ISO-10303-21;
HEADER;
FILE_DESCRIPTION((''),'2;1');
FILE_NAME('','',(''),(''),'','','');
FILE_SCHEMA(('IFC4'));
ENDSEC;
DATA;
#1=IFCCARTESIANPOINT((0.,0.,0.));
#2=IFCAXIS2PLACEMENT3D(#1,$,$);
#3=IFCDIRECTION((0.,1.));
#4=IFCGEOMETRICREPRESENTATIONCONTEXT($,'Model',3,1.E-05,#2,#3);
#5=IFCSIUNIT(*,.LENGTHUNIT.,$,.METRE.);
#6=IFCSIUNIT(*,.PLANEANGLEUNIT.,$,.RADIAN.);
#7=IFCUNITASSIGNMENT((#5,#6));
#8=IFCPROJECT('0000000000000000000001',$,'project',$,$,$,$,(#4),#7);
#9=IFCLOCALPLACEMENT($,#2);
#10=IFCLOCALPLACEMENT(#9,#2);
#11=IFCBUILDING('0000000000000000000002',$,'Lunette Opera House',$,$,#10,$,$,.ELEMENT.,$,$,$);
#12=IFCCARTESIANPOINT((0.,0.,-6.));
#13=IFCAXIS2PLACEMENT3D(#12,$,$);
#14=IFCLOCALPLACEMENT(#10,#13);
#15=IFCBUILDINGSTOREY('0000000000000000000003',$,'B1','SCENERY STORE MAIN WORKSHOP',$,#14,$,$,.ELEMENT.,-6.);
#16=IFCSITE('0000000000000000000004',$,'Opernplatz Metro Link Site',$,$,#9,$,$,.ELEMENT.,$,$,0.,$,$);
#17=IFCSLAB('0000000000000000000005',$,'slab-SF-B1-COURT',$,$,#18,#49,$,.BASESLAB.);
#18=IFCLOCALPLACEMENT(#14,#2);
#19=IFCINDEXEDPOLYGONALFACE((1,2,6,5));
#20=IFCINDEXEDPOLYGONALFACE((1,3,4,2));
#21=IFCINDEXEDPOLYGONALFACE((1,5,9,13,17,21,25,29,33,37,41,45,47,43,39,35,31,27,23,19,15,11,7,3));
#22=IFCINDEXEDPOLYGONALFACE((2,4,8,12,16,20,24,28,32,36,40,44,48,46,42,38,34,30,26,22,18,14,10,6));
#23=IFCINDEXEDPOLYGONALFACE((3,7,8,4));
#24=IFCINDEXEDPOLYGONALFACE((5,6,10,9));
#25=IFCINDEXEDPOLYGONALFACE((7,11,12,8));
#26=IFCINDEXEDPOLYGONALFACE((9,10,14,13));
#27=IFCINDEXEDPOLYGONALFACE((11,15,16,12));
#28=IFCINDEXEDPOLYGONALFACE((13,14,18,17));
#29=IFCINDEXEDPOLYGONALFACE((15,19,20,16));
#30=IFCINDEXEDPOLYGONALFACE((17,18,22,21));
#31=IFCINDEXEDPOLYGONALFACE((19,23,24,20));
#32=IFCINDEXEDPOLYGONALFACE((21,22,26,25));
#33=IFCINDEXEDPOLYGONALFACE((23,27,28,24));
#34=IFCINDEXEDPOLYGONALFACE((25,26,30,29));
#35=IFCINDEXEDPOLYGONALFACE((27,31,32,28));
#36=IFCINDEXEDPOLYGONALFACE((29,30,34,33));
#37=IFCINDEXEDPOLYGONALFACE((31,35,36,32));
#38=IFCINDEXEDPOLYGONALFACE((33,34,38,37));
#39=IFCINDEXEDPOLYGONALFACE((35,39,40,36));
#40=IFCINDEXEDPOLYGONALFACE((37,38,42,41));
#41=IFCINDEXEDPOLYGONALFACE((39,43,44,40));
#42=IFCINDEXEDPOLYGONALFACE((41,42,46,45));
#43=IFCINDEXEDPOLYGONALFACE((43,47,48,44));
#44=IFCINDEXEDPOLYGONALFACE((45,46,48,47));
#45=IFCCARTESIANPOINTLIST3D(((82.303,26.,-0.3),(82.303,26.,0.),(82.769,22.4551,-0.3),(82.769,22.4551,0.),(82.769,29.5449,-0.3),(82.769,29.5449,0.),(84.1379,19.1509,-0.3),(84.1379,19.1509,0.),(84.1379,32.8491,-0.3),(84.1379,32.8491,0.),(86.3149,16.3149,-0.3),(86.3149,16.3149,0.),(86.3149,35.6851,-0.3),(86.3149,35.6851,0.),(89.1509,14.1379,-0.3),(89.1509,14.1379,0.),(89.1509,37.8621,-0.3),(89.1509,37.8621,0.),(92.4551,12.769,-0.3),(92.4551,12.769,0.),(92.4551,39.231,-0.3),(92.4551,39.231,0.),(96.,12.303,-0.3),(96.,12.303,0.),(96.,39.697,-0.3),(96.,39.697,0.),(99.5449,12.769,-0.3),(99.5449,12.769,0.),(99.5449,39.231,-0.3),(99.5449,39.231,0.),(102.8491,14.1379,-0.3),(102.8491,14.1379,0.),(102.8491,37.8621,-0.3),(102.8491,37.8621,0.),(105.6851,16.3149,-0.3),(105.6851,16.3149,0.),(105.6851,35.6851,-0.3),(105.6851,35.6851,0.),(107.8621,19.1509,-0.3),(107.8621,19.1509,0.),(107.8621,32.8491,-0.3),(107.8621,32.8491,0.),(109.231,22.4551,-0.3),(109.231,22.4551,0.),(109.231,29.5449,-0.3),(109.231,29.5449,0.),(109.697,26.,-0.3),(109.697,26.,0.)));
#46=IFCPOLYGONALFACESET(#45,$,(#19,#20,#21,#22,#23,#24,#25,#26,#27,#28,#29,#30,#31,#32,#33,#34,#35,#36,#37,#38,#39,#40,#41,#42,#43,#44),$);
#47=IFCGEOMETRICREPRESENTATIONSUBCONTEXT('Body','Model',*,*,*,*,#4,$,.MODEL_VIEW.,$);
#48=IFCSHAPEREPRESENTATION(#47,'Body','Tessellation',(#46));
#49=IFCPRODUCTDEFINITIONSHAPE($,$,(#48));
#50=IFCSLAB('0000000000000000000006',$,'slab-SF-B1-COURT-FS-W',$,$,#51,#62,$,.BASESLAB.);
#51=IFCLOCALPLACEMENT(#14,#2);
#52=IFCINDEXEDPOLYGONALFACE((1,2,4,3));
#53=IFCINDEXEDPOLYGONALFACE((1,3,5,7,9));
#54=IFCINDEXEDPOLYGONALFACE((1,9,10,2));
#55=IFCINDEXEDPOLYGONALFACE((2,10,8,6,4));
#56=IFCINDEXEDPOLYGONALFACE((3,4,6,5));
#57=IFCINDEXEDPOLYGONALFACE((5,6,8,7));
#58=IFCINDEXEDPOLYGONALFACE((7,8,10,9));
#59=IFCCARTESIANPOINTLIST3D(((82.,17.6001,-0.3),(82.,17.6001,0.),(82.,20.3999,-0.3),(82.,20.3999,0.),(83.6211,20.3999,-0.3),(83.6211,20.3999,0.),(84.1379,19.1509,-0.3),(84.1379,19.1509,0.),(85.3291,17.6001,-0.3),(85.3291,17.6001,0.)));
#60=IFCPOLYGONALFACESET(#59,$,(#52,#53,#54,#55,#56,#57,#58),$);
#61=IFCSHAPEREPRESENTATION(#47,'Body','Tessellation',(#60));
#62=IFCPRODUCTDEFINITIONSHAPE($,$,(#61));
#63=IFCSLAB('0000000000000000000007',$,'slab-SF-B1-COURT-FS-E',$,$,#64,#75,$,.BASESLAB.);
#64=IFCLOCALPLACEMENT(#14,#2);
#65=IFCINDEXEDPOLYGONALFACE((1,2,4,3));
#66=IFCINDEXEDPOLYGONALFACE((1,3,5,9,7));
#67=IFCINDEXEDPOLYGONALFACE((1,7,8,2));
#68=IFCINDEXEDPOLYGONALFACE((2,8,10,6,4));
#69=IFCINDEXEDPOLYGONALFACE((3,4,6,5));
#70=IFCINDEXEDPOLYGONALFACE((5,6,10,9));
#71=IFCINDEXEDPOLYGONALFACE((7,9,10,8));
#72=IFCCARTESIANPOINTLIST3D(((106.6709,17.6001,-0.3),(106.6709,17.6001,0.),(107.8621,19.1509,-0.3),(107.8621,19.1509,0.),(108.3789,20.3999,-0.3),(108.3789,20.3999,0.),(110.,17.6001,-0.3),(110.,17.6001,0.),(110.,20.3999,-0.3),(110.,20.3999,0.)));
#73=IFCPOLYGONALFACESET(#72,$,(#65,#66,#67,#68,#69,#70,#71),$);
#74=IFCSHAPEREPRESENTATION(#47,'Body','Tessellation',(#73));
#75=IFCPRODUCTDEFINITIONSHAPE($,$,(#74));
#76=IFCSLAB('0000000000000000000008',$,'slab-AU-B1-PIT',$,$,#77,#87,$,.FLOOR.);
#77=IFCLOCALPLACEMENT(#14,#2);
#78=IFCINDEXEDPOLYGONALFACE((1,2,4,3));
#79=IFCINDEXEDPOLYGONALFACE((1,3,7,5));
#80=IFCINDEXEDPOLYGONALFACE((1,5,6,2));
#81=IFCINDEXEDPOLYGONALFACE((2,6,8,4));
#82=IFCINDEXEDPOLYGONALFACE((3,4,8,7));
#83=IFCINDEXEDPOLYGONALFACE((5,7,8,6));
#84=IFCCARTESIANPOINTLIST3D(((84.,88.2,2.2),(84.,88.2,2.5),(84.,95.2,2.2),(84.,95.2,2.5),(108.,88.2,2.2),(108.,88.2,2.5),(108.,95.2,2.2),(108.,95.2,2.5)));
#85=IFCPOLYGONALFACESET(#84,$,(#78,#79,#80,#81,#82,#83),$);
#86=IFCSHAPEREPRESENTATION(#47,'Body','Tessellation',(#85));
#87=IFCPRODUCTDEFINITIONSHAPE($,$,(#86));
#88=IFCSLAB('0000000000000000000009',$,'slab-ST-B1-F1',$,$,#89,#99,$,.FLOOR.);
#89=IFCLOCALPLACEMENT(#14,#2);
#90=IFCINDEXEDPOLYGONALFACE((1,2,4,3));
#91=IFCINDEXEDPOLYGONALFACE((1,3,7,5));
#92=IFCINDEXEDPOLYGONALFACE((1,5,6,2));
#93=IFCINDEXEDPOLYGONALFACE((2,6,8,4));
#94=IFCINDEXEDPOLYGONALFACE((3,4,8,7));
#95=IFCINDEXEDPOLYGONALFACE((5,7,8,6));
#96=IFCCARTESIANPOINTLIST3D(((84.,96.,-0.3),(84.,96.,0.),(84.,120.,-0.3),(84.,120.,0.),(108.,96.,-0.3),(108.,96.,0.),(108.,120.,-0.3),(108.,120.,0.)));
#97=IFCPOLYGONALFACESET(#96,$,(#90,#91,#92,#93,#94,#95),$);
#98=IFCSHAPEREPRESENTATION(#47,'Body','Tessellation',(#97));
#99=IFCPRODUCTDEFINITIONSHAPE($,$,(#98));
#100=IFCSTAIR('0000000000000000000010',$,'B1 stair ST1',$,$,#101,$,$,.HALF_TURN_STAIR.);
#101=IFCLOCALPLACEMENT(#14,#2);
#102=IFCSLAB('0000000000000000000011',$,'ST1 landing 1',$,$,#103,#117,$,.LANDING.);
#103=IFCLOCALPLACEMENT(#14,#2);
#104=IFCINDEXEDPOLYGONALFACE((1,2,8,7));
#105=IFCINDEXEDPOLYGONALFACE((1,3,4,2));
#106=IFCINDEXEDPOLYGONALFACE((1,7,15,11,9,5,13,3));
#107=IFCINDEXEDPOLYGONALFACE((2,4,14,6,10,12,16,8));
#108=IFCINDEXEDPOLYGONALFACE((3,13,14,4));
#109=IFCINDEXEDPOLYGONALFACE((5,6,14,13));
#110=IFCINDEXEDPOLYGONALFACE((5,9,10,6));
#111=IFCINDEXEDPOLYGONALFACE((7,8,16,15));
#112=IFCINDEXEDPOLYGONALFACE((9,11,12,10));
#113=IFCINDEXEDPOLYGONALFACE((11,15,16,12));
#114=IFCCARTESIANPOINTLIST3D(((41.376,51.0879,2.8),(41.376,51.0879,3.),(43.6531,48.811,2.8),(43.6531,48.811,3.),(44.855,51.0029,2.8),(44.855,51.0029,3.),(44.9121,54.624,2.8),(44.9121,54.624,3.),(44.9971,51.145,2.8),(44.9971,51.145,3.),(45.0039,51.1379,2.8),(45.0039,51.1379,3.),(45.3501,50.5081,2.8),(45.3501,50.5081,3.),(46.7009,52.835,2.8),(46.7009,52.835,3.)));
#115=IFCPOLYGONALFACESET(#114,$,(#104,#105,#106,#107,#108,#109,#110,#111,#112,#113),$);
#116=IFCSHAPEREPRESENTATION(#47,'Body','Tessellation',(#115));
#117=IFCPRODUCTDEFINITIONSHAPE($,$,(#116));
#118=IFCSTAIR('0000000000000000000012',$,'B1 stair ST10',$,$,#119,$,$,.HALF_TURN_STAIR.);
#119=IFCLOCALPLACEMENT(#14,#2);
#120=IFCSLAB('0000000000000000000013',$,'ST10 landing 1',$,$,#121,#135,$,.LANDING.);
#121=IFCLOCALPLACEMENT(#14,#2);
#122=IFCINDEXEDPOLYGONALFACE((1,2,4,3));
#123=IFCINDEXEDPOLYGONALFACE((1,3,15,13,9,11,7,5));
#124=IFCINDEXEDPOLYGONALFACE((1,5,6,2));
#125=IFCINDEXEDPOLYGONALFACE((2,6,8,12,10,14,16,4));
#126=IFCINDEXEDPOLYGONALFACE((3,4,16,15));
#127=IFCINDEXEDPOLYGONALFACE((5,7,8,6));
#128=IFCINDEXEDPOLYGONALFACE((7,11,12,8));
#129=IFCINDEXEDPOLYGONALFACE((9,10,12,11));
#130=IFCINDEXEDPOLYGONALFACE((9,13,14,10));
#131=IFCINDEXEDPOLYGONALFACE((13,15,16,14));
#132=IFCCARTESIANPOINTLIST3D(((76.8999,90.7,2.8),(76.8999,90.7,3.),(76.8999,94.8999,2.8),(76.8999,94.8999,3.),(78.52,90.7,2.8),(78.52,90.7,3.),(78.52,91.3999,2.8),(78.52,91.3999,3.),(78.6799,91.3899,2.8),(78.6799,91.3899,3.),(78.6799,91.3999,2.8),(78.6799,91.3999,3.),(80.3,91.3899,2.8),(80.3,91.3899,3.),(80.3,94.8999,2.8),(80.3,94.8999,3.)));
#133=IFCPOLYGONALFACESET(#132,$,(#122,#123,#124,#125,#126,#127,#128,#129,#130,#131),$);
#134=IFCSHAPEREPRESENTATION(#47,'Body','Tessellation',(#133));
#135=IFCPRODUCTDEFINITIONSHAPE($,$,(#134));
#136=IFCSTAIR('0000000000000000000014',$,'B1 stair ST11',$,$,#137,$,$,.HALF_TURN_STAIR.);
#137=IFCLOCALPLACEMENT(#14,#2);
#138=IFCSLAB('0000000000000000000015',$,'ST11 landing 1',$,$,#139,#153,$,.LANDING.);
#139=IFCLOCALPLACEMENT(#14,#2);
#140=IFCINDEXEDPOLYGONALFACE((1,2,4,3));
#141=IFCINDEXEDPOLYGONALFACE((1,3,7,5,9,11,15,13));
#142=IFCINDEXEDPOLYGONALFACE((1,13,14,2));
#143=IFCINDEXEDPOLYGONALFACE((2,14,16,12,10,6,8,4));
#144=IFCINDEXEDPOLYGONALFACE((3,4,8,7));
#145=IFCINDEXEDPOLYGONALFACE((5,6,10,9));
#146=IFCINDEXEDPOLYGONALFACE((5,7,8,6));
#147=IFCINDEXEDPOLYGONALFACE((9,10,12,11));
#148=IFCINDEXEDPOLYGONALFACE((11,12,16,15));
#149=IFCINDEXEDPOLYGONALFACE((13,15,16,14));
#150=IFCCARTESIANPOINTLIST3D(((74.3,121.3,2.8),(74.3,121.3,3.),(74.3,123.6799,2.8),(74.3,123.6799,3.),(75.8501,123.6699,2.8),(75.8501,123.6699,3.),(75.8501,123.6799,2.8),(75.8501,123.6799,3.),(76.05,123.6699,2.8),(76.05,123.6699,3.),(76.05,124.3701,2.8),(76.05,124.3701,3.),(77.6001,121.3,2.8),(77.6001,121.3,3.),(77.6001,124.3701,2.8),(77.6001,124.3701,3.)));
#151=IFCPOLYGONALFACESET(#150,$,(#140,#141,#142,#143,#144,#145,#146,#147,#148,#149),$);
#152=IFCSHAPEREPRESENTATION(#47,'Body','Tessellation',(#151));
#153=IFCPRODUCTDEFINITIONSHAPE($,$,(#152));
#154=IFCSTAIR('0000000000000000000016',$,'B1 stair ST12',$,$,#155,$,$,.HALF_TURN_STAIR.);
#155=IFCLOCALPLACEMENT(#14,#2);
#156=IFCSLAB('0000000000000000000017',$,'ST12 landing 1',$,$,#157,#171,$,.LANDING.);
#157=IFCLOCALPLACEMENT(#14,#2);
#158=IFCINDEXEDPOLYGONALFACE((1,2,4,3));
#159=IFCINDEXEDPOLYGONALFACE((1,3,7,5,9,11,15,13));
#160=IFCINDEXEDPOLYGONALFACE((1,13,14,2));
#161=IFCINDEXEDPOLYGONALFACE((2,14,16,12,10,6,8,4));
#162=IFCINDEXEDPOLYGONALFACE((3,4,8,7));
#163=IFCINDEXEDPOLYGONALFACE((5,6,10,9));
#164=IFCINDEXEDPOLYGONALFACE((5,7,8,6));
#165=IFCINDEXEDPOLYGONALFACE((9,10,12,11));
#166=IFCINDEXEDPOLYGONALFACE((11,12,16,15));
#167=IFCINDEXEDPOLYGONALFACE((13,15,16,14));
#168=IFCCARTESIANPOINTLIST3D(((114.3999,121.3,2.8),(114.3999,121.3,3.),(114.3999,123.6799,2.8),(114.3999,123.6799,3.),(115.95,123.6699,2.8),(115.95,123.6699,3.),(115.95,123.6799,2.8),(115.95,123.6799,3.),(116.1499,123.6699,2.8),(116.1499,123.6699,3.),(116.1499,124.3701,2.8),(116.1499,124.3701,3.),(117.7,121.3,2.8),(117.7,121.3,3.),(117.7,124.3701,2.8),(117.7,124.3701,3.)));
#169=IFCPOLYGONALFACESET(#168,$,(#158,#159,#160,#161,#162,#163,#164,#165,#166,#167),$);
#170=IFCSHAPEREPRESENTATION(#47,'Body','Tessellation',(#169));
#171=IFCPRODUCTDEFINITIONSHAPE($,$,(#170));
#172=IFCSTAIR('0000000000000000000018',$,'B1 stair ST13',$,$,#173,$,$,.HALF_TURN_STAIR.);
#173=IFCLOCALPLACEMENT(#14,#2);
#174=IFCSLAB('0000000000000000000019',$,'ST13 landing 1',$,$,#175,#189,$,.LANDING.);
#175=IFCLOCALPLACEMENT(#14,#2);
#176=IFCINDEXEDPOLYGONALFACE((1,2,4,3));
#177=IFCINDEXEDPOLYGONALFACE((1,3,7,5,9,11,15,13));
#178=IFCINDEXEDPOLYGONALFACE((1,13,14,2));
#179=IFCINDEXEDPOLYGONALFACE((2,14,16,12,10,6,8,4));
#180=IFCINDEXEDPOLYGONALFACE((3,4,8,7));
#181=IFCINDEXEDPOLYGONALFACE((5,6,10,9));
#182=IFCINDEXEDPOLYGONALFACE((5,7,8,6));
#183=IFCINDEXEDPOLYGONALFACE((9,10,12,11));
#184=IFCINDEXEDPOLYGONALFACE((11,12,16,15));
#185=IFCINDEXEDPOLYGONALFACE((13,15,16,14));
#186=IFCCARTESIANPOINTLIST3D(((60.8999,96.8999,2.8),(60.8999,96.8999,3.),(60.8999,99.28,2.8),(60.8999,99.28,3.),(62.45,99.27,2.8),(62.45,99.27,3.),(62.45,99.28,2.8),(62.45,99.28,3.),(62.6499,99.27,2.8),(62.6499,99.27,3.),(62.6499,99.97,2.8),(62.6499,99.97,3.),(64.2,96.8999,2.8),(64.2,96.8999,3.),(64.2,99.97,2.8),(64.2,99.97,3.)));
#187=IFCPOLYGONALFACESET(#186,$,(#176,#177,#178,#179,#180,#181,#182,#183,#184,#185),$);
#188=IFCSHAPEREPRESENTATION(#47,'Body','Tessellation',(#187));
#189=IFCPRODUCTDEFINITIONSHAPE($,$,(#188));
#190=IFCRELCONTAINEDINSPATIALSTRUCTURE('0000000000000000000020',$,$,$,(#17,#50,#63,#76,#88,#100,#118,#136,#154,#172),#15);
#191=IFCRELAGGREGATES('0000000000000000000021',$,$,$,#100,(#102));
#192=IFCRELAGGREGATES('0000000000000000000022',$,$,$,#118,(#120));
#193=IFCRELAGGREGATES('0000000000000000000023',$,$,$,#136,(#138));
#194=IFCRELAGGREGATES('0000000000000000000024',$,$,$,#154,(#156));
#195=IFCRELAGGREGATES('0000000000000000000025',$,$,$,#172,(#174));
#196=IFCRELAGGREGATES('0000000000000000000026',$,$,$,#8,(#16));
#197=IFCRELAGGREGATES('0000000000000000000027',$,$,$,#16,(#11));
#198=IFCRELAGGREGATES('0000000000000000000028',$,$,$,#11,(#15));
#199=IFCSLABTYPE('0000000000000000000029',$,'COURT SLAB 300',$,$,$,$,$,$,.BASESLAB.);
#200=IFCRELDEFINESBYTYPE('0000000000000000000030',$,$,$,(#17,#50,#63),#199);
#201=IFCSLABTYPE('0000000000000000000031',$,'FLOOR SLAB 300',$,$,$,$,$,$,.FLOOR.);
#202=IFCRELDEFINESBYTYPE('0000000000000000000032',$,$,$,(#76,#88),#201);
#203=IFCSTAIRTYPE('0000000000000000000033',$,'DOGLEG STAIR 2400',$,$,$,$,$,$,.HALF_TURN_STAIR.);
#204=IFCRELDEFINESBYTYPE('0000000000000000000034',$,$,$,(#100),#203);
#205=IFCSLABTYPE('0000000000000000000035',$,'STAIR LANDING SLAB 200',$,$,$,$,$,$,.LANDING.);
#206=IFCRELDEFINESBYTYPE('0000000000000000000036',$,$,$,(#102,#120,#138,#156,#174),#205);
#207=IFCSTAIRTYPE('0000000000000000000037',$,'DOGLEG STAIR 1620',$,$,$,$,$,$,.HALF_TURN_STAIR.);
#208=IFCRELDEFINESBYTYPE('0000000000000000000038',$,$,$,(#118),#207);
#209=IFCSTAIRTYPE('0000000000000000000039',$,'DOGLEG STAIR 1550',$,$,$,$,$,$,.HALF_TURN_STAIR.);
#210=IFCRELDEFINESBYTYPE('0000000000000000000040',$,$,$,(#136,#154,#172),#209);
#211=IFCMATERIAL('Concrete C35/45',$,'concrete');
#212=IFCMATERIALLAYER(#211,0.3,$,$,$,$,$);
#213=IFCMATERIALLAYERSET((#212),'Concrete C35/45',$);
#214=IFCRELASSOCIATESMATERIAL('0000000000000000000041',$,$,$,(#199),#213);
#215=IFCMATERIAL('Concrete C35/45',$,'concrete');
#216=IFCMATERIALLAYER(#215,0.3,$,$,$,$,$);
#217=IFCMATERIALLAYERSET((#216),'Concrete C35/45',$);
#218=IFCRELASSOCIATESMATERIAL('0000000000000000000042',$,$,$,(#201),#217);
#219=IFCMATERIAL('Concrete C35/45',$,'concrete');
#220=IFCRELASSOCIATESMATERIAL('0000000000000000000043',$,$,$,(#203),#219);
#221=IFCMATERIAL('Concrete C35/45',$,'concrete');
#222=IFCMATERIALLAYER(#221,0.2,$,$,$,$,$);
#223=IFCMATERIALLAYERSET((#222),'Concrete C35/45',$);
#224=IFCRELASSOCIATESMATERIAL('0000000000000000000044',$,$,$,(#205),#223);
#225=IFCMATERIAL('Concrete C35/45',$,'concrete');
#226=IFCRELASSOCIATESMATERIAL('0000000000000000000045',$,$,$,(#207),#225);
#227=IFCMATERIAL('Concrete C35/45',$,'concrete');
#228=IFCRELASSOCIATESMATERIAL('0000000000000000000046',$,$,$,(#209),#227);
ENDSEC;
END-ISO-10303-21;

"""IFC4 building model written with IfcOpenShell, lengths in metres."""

from ifc_helpers import new_model, si_unit, direction, frame, origin, place, context, subcontext, project, spatial, polyline, outline, extrude, material, layer, layer_set, type_object, element, aggregate, save


model = new_model("IFC4")

# Units and contexts
model_context = context("Model", 3, precision=1e-05, world=origin(), true_north=direction((0.0, 1.0)))
body_context = subcontext(model_context, "Body", "Model", "MODEL_VIEW")
ifc_project = project(units=[si_unit("LENGTHUNIT", "METRE"), si_unit("PLANEANGLEUNIT", "RADIAN")], contexts=[model_context])

# Site, building, storey
site_placement = place(None, origin())
site = spatial("IfcSite", under=ifc_project, at=site_placement, Name="Opernplatz Metro Link Site", CompositionType="ELEMENT", RefElevation=0.0)
building_placement = place(site_placement, origin())
building = spatial("IfcBuilding", under=site, at=building_placement, Name="Lunette Opera House", CompositionType="ELEMENT")
storey_placement = place(building_placement, frame((0.0, 0.0, -6.0)))
storey = spatial("IfcBuildingStorey", under=building, at=storey_placement, Name="B1", Description="SCENERY STORE MAIN WORKSHOP", CompositionType="ELEMENT", Elevation=-6.0)

# Slabs
ifc_material_1 = material(Name="Concrete C35/45", Category="concrete")
ifc_layer_1 = layer(ifc_material_1, 0.3)
ifc_layer_set_1 = layer_set([ifc_layer_1], Name="Concrete C35/45")
slab_type_1 = type_object("IfcSlabType", Name="COURT SLAB 300", PredefinedType="BASESLAB", material=ifc_layer_set_1)
slab_1_placement = place(storey_placement, frame((0.0, 0.0, -0.3)))
element("IfcSlab", 1, at=slab_1_placement, inside=storey, type_object=slab_type_1, Name="slab-SF-B1-COURT", PredefinedType="BASESLAB", context=body_context, shape_type="SweptSolid", body=[
    extrude(outline(polyline([(96.0, 39.697), (92.4551, 39.231), (89.1509, 37.8621), (86.3149, 35.6851), (84.1379, 32.8491), (82.769, 29.5449), (82.303, 26.0), (82.769, 22.4551), (84.1379, 19.1509), (86.3149, 16.3149), (89.1509, 14.1379), (92.4551, 12.769), (96.0, 12.303), (99.5449, 12.769), (102.8491, 14.1379), (105.6851, 16.3149), (107.8621, 19.1509), (109.231, 22.4551), (109.697, 26.0), (109.231, 29.5449), (107.8621, 32.8491), (105.6851, 35.6851), (102.8491, 37.8621), (99.5449, 39.231), (96.0, 39.697)])), origin(), (0.0, 0.0, 1.0), 0.3),
])
slab_2_placement = place(storey_placement, frame((0.0, 0.0, -0.3)))
element("IfcSlab", 2, at=slab_2_placement, inside=storey, type_object=slab_type_1, Name="slab-SF-B1-COURT-FS-W", PredefinedType="BASESLAB", context=body_context, shape_type="SweptSolid", body=[
    extrude(outline(polyline([(82.0, 17.6001), (85.3291, 17.6001), (84.1379, 19.1509), (83.6211, 20.3999), (82.0, 20.3999), (82.0, 17.6001)])), origin(), (0.0, 0.0, 1.0), 0.3),
])
slab_3_placement = place(storey_placement, frame((0.0, 0.0, -0.3)))
element("IfcSlab", 3, at=slab_3_placement, inside=storey, type_object=slab_type_1, Name="slab-SF-B1-COURT-FS-E", PredefinedType="BASESLAB", context=body_context, shape_type="SweptSolid", body=[
    extrude(outline(polyline([(110.0, 20.3999), (108.3789, 20.3999), (107.8621, 19.1509), (106.6709, 17.6001), (110.0, 17.6001), (110.0, 20.3999)])), origin(), (0.0, 0.0, 1.0), 0.3),
])
ifc_material_2 = material(Name="Concrete C35/45", Category="concrete")
ifc_layer_2 = layer(ifc_material_2, 0.3)
ifc_layer_set_2 = layer_set([ifc_layer_2], Name="Concrete C35/45")
slab_type_2 = type_object("IfcSlabType", Name="FLOOR SLAB 300", PredefinedType="FLOOR", material=ifc_layer_set_2)
slab_4_placement = place(storey_placement, frame((0.0, 0.0, 2.2)))
element("IfcSlab", 4, at=slab_4_placement, inside=storey, type_object=slab_type_2, Name="slab-AU-B1-PIT", PredefinedType="FLOOR", context=body_context, shape_type="SweptSolid", body=[
    extrude(outline(polyline([(108.0, 88.2), (108.0, 95.2), (84.0, 95.2), (84.0, 88.2), (108.0, 88.2)])), origin(), (0.0, 0.0, 1.0), 0.3),
])
slab_5_placement = place(storey_placement, frame((0.0, 0.0, -0.3)))
element("IfcSlab", 5, at=slab_5_placement, inside=storey, type_object=slab_type_2, Name="slab-ST-B1-F1", PredefinedType="FLOOR", context=body_context, shape_type="SweptSolid", body=[
    extrude(outline(polyline([(108.0, 120.0), (84.0, 120.0), (84.0, 96.0), (108.0, 96.0), (108.0, 120.0)])), origin(), (0.0, 0.0, 1.0), 0.3),
])

# Stairs, slabs
ifc_material_3 = material(Name="Concrete C35/45", Category="concrete")
stair_type_1 = type_object("IfcStairType", Name="DOGLEG STAIR 2400", PredefinedType="HALF_TURN_STAIR", material=ifc_material_3)
stair_1_placement = place(storey_placement, origin())
stair_1 = element("IfcStair", 6, at=stair_1_placement, inside=storey, type_object=stair_type_1, Name="B1 stair ST1", PredefinedType="HALF_TURN_STAIR")
ifc_material_4 = material(Name="Concrete C35/45", Category="concrete")
ifc_layer_3 = layer(ifc_material_4, 0.2)
ifc_layer_set_3 = layer_set([ifc_layer_3], Name="Concrete C35/45")
slab_type_3 = type_object("IfcSlabType", Name="STAIR LANDING SLAB 200", PredefinedType="LANDING", material=ifc_layer_set_3)
slab_6_placement = place(storey_placement, frame((0.0, 0.0, 2.8)))
slab_6 = element("IfcSlab", 7, at=slab_6_placement, type_object=slab_type_3, Name="ST1 landing 1", PredefinedType="LANDING", context=body_context, shape_type="SweptSolid", body=[
    extrude(outline(polyline([(41.376, 51.0879), (44.9121, 54.624), (46.7009, 52.835), (45.0039, 51.1379), (44.9971, 51.145), (44.855, 51.0029), (45.3501, 50.5081), (43.6531, 48.811), (41.376, 51.0879)])), origin(), (0.0, 0.0, 1.0), 0.2),
])
aggregate(stair_1, [slab_6])
ifc_material_5 = material(Name="Concrete C35/45", Category="concrete")
stair_type_2 = type_object("IfcStairType", Name="DOGLEG STAIR 1620", PredefinedType="HALF_TURN_STAIR", material=ifc_material_5)
stair_2_placement = place(storey_placement, origin())
stair_2 = element("IfcStair", 8, at=stair_2_placement, inside=storey, type_object=stair_type_2, Name="B1 stair ST10", PredefinedType="HALF_TURN_STAIR")
slab_7_placement = place(storey_placement, frame((0.0, 0.0, 2.8)))
slab_7 = element("IfcSlab", 9, at=slab_7_placement, type_object=slab_type_3, Name="ST10 landing 1", PredefinedType="LANDING", context=body_context, shape_type="SweptSolid", body=[
    extrude(outline(polyline([(80.3, 91.3899), (78.6799, 91.3899), (78.6799, 91.3999), (78.52, 91.3999), (78.52, 90.7), (76.8999, 90.7), (76.8999, 94.8999), (80.3, 94.8999), (80.3, 91.3899)])), origin(), (0.0, 0.0, 1.0), 0.2),
])
aggregate(stair_2, [slab_7])
ifc_material_6 = material(Name="Concrete C35/45", Category="concrete")
stair_type_3 = type_object("IfcStairType", Name="DOGLEG STAIR 1550", PredefinedType="HALF_TURN_STAIR", material=ifc_material_6)
stair_3_placement = place(storey_placement, origin())
stair_3 = element("IfcStair", 10, at=stair_3_placement, inside=storey, type_object=stair_type_3, Name="B1 stair ST11", PredefinedType="HALF_TURN_STAIR")
slab_8_placement = place(storey_placement, frame((0.0, 0.0, 2.8)))
slab_8 = element("IfcSlab", 11, at=slab_8_placement, type_object=slab_type_3, Name="ST11 landing 1", PredefinedType="LANDING", context=body_context, shape_type="SweptSolid", body=[
    extrude(outline(polyline([(74.3, 121.3), (74.3, 123.6799), (75.8501, 123.6799), (75.8501, 123.6699), (76.05, 123.6699), (76.05, 124.3701), (77.6001, 124.3701), (77.6001, 121.3), (74.3, 121.3)])), origin(), (0.0, 0.0, 1.0), 0.2),
])
aggregate(stair_3, [slab_8])
stair_4_placement = place(storey_placement, origin())
stair_4 = element("IfcStair", 12, at=stair_4_placement, inside=storey, type_object=stair_type_3, Name="B1 stair ST12", PredefinedType="HALF_TURN_STAIR")
slab_9_placement = place(storey_placement, frame((0.0, 0.0, 2.8)))
slab_9 = element("IfcSlab", 13, at=slab_9_placement, type_object=slab_type_3, Name="ST12 landing 1", PredefinedType="LANDING", context=body_context, shape_type="SweptSolid", body=[
    extrude(outline(polyline([(114.3999, 121.3), (114.3999, 123.6799), (115.95, 123.6799), (115.95, 123.6699), (116.1499, 123.6699), (116.1499, 124.3701), (117.7, 124.3701), (117.7, 121.3), (114.3999, 121.3)])), origin(), (0.0, 0.0, 1.0), 0.2),
])
aggregate(stair_4, [slab_9])
stair_5_placement = place(storey_placement, origin())
stair_5 = element("IfcStair", 14, at=stair_5_placement, inside=storey, type_object=stair_type_3, Name="B1 stair ST13", PredefinedType="HALF_TURN_STAIR")
slab_10_placement = place(storey_placement, frame((0.0, 0.0, 2.8)))
slab_10 = element("IfcSlab", 15, at=slab_10_placement, type_object=slab_type_3, Name="ST13 landing 1", PredefinedType="LANDING", context=body_context, shape_type="SweptSolid", body=[
    extrude(outline(polyline([(60.8999, 96.8999), (60.8999, 99.28), (62.45, 99.28), (62.45, 99.27), (62.6499, 99.27), (62.6499, 99.97), (64.2, 99.97), (64.2, 96.8999), (60.8999, 96.8999)])), origin(), (0.0, 0.0, 1.0), 0.2),
])
aggregate(stair_5, [slab_10])

save(model, "model.ifc")
